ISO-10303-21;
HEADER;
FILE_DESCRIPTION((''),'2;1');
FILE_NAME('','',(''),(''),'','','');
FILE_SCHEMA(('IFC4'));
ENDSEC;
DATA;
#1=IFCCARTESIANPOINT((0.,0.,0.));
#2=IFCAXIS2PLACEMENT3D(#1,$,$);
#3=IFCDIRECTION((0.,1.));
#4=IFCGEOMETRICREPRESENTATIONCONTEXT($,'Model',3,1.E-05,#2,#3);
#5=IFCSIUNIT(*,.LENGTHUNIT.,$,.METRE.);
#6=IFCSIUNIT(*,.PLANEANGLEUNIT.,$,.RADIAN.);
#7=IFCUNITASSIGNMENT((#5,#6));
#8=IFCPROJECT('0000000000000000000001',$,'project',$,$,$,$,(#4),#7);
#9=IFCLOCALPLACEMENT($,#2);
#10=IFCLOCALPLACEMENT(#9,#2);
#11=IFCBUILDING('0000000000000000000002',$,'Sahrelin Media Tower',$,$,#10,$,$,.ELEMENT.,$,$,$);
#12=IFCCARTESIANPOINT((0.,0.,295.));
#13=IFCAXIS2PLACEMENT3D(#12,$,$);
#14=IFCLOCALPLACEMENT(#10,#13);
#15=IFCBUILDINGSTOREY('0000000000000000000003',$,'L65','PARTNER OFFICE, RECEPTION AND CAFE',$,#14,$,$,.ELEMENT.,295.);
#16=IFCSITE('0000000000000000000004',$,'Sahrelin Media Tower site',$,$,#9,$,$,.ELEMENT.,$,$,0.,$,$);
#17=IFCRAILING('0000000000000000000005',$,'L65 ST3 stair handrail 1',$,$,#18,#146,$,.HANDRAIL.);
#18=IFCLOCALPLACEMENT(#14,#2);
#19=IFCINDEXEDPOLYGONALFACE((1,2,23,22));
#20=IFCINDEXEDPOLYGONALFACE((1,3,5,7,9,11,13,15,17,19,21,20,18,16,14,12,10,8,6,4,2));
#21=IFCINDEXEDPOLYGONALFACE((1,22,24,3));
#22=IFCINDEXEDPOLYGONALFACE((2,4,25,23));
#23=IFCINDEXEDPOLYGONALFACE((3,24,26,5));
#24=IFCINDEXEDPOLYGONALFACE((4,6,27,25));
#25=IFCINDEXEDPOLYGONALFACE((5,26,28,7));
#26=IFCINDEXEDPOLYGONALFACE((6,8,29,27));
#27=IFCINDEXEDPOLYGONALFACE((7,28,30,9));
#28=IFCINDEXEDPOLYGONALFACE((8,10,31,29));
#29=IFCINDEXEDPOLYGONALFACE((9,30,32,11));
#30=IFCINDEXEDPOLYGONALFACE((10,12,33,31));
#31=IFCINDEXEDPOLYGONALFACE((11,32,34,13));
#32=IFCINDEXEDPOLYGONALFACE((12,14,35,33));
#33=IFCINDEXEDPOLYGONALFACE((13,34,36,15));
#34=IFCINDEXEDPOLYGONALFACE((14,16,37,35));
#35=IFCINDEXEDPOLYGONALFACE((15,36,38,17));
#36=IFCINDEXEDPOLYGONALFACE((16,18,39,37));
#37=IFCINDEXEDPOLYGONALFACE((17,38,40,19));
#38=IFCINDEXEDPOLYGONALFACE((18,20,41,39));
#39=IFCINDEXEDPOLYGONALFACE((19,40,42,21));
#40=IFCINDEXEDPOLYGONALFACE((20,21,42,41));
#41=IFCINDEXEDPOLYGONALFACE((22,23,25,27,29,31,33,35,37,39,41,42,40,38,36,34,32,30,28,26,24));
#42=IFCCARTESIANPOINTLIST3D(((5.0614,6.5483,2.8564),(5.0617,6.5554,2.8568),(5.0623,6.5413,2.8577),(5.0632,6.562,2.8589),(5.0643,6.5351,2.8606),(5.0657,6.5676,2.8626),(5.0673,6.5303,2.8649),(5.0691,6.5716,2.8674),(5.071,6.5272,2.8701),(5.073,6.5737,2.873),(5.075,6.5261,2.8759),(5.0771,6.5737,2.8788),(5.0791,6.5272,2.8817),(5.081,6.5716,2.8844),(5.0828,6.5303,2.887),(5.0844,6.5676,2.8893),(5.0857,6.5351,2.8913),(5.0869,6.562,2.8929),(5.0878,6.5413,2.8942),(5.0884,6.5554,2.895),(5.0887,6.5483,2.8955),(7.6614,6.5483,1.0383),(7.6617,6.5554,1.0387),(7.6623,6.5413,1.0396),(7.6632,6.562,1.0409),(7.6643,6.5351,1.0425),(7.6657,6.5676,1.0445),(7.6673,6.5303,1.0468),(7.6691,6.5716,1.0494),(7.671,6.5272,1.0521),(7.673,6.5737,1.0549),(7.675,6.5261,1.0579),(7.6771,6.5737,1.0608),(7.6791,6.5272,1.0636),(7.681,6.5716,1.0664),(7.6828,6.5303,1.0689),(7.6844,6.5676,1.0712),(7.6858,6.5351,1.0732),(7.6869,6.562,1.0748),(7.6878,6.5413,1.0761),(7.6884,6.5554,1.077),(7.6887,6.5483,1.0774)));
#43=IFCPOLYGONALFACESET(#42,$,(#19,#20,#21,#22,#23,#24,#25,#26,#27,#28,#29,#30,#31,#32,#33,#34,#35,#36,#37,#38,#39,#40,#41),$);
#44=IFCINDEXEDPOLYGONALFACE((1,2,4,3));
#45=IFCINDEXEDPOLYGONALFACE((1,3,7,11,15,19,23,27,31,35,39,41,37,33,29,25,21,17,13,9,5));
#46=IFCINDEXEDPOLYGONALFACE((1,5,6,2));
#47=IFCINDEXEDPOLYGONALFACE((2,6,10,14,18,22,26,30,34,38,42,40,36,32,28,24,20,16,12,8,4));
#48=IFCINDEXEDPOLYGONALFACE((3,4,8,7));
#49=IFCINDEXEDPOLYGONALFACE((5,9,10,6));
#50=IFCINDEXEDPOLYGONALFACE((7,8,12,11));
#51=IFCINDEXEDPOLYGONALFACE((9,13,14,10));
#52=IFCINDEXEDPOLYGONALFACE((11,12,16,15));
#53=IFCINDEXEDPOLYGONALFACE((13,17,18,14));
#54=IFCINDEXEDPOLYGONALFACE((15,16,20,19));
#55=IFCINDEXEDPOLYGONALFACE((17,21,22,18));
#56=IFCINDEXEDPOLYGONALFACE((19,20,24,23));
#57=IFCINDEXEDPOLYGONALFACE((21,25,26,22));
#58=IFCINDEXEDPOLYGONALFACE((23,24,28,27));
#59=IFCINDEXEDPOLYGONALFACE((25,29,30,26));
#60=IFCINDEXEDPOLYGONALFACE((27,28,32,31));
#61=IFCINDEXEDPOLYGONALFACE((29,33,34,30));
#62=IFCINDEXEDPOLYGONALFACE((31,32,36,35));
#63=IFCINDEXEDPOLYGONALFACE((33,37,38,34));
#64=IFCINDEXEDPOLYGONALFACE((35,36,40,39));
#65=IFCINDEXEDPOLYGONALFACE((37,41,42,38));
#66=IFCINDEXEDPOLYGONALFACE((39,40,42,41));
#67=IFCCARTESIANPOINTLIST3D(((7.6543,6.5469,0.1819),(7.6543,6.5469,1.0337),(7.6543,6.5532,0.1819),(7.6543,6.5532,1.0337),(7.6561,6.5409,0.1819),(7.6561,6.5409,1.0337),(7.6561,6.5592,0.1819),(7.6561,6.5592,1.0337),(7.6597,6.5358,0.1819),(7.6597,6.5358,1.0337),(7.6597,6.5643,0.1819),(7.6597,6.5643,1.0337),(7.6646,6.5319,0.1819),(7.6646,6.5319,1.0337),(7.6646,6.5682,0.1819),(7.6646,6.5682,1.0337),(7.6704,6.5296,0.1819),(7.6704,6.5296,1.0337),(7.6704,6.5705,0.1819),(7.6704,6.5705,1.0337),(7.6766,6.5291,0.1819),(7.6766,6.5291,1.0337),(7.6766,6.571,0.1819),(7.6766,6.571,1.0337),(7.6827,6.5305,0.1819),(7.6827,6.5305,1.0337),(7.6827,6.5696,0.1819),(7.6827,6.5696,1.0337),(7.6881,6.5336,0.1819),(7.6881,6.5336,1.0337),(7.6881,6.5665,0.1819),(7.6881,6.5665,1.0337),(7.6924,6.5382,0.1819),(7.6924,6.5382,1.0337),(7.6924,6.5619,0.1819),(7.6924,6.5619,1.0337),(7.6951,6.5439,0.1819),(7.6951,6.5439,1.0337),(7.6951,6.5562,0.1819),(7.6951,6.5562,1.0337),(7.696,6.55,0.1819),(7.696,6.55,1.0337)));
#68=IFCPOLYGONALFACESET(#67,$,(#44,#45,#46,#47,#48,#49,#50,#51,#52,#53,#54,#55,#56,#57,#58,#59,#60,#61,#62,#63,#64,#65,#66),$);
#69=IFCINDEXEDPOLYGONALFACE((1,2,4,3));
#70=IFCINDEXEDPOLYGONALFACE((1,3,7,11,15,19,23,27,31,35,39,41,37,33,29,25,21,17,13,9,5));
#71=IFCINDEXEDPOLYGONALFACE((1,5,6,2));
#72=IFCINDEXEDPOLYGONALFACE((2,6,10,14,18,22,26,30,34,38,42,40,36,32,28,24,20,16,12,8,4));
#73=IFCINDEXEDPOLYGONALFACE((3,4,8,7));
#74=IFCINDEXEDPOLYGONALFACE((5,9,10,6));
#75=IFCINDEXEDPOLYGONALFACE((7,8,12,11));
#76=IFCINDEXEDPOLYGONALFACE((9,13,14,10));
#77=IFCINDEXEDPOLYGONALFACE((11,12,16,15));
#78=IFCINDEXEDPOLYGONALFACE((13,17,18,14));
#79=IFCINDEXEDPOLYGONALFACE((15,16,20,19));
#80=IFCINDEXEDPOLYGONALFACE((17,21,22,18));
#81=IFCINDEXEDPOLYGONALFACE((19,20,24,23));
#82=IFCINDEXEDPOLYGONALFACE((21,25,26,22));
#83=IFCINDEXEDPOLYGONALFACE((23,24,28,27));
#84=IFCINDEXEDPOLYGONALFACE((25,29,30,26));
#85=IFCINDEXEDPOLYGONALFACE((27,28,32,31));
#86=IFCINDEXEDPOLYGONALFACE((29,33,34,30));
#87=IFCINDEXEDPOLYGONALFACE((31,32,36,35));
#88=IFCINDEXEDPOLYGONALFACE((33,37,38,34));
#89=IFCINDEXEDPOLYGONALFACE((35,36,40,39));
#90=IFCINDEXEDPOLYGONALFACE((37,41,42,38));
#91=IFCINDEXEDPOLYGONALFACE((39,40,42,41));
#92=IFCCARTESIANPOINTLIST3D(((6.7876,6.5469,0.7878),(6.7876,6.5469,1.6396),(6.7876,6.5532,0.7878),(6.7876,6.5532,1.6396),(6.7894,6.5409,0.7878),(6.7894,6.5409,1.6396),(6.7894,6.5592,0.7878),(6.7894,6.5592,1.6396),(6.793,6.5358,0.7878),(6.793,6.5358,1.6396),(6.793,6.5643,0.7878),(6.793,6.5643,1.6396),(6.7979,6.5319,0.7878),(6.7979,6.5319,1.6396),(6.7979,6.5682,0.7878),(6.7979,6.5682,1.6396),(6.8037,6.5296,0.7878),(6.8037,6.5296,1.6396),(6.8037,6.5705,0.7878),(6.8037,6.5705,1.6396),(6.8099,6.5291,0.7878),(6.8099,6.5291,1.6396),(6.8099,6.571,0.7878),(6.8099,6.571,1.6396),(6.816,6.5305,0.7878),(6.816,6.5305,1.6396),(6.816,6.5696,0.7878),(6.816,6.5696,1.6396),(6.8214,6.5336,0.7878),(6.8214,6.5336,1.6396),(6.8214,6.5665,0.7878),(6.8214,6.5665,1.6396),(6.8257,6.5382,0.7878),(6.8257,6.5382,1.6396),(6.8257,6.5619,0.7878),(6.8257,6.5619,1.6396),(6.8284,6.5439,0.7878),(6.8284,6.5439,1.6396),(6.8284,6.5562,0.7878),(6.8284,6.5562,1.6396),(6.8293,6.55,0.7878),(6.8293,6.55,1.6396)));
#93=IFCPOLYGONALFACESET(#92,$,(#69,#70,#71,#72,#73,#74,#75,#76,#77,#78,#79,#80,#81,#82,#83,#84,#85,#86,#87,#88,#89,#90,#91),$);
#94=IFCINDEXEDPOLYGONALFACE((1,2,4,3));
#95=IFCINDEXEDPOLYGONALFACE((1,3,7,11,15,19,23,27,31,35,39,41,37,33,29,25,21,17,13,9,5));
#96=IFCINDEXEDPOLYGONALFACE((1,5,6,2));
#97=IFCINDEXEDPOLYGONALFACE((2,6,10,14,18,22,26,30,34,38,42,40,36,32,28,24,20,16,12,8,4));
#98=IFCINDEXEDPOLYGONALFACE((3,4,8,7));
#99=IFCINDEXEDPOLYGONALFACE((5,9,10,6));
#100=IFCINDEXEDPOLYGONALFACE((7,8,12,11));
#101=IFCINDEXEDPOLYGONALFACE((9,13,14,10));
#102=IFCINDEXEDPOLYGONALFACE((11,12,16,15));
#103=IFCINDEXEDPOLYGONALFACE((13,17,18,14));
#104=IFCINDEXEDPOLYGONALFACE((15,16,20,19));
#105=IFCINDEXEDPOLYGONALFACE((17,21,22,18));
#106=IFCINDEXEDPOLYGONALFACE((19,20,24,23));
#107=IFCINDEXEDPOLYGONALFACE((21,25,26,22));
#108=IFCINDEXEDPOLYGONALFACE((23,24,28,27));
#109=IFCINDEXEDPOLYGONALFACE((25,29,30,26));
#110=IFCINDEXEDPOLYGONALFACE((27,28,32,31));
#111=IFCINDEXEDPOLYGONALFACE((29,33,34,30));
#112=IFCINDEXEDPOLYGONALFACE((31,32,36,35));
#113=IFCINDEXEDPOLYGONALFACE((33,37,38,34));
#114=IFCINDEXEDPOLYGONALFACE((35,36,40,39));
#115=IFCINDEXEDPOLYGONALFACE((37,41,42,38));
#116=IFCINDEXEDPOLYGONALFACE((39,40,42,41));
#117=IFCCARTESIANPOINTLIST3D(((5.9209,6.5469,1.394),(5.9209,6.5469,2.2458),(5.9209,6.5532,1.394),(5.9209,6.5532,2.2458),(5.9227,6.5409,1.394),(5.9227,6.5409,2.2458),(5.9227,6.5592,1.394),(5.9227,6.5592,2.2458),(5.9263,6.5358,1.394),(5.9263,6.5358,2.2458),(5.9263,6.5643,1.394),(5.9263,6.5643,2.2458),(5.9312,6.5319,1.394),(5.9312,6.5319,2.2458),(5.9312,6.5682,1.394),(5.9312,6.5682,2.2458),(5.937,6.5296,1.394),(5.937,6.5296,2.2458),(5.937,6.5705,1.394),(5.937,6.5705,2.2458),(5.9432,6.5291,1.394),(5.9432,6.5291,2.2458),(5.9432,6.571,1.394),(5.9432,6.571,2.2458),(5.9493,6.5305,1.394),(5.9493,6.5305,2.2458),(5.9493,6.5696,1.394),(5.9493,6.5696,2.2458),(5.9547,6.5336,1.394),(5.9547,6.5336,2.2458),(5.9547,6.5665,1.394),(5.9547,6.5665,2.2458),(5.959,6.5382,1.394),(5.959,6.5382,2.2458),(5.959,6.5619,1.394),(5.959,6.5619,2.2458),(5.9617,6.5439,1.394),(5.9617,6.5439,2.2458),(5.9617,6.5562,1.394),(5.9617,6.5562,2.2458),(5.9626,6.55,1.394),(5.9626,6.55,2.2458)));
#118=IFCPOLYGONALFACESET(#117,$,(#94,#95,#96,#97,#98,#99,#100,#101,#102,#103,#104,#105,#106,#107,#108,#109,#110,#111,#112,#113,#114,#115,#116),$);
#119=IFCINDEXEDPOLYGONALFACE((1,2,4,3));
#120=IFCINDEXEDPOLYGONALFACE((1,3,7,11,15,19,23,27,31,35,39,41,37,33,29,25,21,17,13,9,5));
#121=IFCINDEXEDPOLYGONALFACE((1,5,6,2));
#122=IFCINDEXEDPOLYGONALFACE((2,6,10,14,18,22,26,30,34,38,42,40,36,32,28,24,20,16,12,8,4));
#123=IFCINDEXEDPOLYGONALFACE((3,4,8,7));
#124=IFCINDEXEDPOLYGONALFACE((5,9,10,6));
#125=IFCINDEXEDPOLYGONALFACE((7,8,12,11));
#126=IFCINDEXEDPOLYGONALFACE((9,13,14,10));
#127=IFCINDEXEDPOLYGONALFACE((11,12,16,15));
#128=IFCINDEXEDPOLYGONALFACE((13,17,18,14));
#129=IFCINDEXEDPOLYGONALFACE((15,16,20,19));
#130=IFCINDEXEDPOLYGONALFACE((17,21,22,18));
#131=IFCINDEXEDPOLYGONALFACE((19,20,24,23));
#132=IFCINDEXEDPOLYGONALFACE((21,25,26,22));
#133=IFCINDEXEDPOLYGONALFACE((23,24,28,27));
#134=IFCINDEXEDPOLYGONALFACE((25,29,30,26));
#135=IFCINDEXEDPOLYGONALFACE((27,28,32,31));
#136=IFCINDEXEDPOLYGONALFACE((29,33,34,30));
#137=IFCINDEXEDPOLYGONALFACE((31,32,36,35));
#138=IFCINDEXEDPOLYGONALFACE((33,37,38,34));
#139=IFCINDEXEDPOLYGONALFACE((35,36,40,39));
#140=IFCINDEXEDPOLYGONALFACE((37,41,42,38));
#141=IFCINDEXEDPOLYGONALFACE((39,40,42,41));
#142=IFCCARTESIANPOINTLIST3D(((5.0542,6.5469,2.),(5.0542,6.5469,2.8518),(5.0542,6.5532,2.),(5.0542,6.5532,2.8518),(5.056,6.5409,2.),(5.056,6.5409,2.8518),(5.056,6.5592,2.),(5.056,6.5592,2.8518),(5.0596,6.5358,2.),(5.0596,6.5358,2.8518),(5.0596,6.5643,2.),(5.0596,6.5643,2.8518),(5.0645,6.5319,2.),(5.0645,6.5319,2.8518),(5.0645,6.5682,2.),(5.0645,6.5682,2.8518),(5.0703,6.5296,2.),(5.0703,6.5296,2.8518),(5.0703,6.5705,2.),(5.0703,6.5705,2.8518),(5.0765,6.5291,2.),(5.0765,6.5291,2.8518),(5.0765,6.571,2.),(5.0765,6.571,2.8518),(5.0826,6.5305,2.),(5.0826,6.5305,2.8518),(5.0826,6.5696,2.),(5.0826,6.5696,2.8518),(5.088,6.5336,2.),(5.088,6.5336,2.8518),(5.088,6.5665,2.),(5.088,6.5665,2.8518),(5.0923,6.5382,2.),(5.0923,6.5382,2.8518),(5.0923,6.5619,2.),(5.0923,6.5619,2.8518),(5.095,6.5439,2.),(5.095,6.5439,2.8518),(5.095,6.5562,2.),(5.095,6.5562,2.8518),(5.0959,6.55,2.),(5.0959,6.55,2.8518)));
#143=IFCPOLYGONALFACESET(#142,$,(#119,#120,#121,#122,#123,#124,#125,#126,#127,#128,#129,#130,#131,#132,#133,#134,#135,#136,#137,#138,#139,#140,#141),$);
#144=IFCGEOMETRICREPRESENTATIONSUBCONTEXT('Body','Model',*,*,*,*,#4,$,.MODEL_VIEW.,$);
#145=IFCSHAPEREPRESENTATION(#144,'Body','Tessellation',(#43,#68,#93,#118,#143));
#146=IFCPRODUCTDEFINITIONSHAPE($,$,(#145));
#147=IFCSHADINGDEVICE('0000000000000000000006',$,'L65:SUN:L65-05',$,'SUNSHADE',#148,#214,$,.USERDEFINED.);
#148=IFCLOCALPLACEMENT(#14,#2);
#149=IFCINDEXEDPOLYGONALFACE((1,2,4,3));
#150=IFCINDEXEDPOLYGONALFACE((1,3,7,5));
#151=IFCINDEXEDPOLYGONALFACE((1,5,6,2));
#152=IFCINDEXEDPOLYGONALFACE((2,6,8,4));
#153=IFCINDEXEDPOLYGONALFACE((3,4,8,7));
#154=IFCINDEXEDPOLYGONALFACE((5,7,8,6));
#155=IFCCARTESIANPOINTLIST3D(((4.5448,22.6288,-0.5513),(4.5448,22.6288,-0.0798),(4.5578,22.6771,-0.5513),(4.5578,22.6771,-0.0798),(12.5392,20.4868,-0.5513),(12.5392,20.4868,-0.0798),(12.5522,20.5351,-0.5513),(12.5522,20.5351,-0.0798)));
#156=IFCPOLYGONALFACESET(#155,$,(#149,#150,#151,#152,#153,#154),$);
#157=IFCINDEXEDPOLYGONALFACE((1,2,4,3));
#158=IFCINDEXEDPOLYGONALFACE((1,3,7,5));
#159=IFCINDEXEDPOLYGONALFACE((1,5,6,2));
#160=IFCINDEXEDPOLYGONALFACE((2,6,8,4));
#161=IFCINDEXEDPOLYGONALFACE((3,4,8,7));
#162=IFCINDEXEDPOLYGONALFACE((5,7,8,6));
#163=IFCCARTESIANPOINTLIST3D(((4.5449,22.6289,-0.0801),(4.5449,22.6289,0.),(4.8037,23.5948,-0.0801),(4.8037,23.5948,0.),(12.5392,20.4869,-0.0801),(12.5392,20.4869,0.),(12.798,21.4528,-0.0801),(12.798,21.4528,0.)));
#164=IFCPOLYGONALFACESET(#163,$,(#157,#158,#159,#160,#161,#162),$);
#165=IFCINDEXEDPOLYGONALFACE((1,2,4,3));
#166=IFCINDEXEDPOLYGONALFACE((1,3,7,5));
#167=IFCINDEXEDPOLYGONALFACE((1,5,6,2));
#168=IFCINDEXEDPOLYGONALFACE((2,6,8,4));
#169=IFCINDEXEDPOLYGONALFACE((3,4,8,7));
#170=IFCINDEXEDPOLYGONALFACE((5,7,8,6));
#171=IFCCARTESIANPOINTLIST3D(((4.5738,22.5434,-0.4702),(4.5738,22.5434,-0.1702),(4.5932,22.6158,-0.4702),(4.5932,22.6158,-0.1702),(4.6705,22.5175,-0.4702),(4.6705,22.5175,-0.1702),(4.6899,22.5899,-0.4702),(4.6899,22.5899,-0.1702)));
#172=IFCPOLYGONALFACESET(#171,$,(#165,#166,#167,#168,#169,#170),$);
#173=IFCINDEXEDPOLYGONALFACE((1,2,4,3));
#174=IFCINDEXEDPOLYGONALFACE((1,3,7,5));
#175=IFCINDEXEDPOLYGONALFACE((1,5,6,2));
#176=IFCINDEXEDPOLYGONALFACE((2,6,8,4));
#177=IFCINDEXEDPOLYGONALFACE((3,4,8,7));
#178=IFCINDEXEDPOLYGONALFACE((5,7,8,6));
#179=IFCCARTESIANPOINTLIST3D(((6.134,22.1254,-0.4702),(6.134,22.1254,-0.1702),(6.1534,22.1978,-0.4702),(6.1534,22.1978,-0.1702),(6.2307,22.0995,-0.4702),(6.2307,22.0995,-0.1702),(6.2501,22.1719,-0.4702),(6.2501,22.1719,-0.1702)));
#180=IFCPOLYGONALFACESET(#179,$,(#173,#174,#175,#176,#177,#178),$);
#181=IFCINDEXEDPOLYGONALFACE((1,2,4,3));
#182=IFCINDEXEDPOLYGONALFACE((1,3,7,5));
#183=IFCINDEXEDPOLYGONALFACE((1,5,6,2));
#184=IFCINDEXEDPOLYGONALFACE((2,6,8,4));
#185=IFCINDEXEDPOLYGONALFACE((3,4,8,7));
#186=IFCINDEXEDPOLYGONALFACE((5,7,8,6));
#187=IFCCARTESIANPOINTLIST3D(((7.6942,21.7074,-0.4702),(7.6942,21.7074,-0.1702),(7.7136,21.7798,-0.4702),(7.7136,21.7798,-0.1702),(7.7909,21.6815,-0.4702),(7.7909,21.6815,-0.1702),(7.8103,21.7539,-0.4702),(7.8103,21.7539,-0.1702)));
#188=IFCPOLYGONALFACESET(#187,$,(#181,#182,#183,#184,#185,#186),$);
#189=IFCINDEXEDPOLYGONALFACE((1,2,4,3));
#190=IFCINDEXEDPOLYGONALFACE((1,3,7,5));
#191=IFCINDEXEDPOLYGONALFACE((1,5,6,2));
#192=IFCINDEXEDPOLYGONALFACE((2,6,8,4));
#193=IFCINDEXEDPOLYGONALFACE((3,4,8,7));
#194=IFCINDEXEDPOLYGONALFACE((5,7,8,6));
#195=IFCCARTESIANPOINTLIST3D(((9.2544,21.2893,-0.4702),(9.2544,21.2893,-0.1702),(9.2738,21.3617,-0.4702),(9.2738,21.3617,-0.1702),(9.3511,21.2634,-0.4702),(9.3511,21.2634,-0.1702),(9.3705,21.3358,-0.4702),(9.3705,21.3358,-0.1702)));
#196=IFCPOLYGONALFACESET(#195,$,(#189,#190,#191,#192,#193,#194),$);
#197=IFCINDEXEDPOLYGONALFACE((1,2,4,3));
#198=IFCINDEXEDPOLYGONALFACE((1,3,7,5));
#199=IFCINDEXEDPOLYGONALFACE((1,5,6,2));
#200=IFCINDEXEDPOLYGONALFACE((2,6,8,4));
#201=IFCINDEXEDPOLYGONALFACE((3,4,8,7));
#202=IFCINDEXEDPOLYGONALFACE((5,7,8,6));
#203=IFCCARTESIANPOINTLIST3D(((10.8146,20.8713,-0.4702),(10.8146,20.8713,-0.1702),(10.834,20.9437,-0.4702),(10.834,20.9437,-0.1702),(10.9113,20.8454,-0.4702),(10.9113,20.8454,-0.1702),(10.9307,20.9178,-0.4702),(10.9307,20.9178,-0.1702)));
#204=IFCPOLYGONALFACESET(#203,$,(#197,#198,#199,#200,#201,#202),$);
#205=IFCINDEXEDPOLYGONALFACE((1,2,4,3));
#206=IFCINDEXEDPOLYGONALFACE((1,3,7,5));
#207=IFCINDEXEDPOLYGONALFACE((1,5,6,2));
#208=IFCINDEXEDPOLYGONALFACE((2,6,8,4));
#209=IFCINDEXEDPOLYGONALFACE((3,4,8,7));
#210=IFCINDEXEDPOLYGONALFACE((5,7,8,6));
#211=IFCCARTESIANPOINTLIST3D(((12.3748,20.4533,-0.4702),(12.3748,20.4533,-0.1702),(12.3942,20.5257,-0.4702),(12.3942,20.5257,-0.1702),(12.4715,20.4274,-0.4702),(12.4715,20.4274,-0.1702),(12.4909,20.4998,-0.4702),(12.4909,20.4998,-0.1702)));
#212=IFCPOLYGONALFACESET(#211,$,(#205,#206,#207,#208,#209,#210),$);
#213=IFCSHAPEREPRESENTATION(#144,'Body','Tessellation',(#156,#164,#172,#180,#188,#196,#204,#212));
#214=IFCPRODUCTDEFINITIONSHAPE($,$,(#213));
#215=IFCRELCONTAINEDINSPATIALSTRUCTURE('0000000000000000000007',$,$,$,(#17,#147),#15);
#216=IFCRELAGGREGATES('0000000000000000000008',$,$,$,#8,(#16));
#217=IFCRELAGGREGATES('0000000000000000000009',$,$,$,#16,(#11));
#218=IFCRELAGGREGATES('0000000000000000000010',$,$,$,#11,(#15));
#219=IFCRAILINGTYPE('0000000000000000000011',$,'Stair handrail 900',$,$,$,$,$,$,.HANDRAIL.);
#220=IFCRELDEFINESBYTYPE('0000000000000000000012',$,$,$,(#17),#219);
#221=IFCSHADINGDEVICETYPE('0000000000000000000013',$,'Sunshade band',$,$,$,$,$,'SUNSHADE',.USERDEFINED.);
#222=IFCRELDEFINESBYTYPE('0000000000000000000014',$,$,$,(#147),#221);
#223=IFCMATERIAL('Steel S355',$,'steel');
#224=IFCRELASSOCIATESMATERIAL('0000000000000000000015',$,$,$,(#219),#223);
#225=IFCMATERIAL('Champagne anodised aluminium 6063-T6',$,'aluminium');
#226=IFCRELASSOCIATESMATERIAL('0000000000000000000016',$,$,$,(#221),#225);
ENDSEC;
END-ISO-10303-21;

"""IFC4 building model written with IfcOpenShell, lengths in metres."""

from ifc_helpers import new_model, si_unit, direction, frame, origin, origin_2d, place, context, subcontext, project, spatial, rectangle, circle, extrude, material, type_object, element, save


model = new_model("IFC4")

# Units and contexts
model_context = context("Model", 3, precision=1e-05, world=origin(), true_north=direction((0.0, 1.0)))
body_context = subcontext(model_context, "Body", "Model", "MODEL_VIEW")
ifc_project = project(units=[si_unit("LENGTHUNIT", "METRE"), si_unit("PLANEANGLEUNIT", "RADIAN")], contexts=[model_context])

# Site, building, storey
site_placement = place(None, origin())
site = spatial("IfcSite", under=ifc_project, at=site_placement, Name="Sahrelin Media Tower site", CompositionType="ELEMENT", RefElevation=0.0)
building_placement = place(site_placement, origin())
building = spatial("IfcBuilding", under=site, at=building_placement, Name="Sahrelin Media Tower", CompositionType="ELEMENT")
storey_placement = place(building_placement, frame((0.0, 0.0, 295.0)))
storey = spatial("IfcBuildingStorey", under=building, at=storey_placement, Name="L65", Description="PARTNER OFFICE, RECEPTION AND CAFE", CompositionType="ELEMENT", Elevation=295.0)

# Shared definitions
ifc_material_1 = material(Name="Steel S355", Category="steel")

# Shared definitions
ifc_material_2 = material(Name="Champagne anodised aluminium 6063-T6", Category="aluminium")

# Shared definitions
placement_1 = place(storey_placement, frame((8.5369, 21.5386, 0.0), z_axis=(0.0, 0.0, 1.0), x_axis=(0.965929, -0.258808, 0.0)))

# Railing
railing_type_1 = type_object("IfcRailingType", Name="Stair handrail 900", PredefinedType="HANDRAIL", material=ifc_material_1)
railing_1_placement = place(storey_placement, frame((7.675, 6.55, 0.1819)))
element("IfcRailing", 1, at=railing_1_placement, inside=storey, type_object=railing_type_1, Name="L65 ST3 stair handrail 1", PredefinedType="HANDRAIL", context=body_context, shape_type="SweptSolid", body=[
    extrude(circle(Radius=0.0239, at=origin_2d()), frame((0.0, 0.0, 0.876), z_axis=(-0.819521, 0.0, 0.573049), x_axis=(0.0, -1.0, 0.0)), (0.0, 0.0, 1.0), 3.1726),
    extrude(circle(Radius=0.021, at=origin_2d()), origin(), (0.0, 0.0, 1.0), 0.8518),
    extrude(circle(Radius=0.021, at=origin_2d()), frame((-0.8667, 0.0, 0.606)), (0.0, 0.0, 1.0), 0.8518),
    extrude(circle(Radius=0.021, at=origin_2d()), frame((-1.7334, 0.0, 1.2122)), (0.0, 0.0, 1.0), 0.8518),
    extrude(circle(Radius=0.021, at=origin_2d()), frame((-2.6001, 0.0, 1.8181)), (0.0, 0.0, 1.0), 0.8518),
])

# Shading device
shading_device_type_1 = type_object("IfcShadingDeviceType", Name="Sunshade band", ElementType="SUNSHADE", PredefinedType="USERDEFINED", material=ifc_material_2)
element("IfcShadingDevice", 2, at=placement_1, inside=storey, type_object=shading_device_type_1, Name="L65:SUN:L65-05", ObjectType="SUNSHADE", PredefinedType="USERDEFINED", context=body_context, shape_type="SweptSolid", body=[
    extrude(rectangle(XDim=8.2764, YDim=0.05, at=origin_2d()), frame((0.0, 0.0449, -0.5513)), (0.0, 0.0, 1.0), 0.4714),
    extrude(rectangle(XDim=8.2764, YDim=1.0, at=origin_2d()), frame((0.0, 0.52, -0.0801)), (0.0, 0.0, 1.0), 0.0801),
    extrude(rectangle(XDim=0.1001, YDim=0.075, at=origin_2d()), frame((-4.0381, -0.0176, -0.4702)), (0.0, 0.0, 1.0), 0.3),
    extrude(rectangle(XDim=0.1001, YDim=0.075, at=origin_2d()), frame((-2.4229, -0.0176, -0.4702)), (0.0, 0.0, 1.0), 0.3),
    extrude(rectangle(XDim=0.1001, YDim=0.075, at=origin_2d()), frame((-0.8076, -0.0176, -0.4702)), (0.0, 0.0, 1.0), 0.3),
    extrude(rectangle(XDim=0.1001, YDim=0.075, at=origin_2d()), frame((0.8076, -0.0176, -0.4702)), (0.0, 0.0, 1.0), 0.3),
    extrude(rectangle(XDim=0.1001, YDim=0.075, at=origin_2d()), frame((2.4229, -0.0176, -0.4702)), (0.0, 0.0, 1.0), 0.3),
    extrude(rectangle(XDim=0.1001, YDim=0.075, at=origin_2d()), frame((4.0381, -0.0176, -0.4702)), (0.0, 0.0, 1.0), 0.3),
])

save(model, "model.ifc")
